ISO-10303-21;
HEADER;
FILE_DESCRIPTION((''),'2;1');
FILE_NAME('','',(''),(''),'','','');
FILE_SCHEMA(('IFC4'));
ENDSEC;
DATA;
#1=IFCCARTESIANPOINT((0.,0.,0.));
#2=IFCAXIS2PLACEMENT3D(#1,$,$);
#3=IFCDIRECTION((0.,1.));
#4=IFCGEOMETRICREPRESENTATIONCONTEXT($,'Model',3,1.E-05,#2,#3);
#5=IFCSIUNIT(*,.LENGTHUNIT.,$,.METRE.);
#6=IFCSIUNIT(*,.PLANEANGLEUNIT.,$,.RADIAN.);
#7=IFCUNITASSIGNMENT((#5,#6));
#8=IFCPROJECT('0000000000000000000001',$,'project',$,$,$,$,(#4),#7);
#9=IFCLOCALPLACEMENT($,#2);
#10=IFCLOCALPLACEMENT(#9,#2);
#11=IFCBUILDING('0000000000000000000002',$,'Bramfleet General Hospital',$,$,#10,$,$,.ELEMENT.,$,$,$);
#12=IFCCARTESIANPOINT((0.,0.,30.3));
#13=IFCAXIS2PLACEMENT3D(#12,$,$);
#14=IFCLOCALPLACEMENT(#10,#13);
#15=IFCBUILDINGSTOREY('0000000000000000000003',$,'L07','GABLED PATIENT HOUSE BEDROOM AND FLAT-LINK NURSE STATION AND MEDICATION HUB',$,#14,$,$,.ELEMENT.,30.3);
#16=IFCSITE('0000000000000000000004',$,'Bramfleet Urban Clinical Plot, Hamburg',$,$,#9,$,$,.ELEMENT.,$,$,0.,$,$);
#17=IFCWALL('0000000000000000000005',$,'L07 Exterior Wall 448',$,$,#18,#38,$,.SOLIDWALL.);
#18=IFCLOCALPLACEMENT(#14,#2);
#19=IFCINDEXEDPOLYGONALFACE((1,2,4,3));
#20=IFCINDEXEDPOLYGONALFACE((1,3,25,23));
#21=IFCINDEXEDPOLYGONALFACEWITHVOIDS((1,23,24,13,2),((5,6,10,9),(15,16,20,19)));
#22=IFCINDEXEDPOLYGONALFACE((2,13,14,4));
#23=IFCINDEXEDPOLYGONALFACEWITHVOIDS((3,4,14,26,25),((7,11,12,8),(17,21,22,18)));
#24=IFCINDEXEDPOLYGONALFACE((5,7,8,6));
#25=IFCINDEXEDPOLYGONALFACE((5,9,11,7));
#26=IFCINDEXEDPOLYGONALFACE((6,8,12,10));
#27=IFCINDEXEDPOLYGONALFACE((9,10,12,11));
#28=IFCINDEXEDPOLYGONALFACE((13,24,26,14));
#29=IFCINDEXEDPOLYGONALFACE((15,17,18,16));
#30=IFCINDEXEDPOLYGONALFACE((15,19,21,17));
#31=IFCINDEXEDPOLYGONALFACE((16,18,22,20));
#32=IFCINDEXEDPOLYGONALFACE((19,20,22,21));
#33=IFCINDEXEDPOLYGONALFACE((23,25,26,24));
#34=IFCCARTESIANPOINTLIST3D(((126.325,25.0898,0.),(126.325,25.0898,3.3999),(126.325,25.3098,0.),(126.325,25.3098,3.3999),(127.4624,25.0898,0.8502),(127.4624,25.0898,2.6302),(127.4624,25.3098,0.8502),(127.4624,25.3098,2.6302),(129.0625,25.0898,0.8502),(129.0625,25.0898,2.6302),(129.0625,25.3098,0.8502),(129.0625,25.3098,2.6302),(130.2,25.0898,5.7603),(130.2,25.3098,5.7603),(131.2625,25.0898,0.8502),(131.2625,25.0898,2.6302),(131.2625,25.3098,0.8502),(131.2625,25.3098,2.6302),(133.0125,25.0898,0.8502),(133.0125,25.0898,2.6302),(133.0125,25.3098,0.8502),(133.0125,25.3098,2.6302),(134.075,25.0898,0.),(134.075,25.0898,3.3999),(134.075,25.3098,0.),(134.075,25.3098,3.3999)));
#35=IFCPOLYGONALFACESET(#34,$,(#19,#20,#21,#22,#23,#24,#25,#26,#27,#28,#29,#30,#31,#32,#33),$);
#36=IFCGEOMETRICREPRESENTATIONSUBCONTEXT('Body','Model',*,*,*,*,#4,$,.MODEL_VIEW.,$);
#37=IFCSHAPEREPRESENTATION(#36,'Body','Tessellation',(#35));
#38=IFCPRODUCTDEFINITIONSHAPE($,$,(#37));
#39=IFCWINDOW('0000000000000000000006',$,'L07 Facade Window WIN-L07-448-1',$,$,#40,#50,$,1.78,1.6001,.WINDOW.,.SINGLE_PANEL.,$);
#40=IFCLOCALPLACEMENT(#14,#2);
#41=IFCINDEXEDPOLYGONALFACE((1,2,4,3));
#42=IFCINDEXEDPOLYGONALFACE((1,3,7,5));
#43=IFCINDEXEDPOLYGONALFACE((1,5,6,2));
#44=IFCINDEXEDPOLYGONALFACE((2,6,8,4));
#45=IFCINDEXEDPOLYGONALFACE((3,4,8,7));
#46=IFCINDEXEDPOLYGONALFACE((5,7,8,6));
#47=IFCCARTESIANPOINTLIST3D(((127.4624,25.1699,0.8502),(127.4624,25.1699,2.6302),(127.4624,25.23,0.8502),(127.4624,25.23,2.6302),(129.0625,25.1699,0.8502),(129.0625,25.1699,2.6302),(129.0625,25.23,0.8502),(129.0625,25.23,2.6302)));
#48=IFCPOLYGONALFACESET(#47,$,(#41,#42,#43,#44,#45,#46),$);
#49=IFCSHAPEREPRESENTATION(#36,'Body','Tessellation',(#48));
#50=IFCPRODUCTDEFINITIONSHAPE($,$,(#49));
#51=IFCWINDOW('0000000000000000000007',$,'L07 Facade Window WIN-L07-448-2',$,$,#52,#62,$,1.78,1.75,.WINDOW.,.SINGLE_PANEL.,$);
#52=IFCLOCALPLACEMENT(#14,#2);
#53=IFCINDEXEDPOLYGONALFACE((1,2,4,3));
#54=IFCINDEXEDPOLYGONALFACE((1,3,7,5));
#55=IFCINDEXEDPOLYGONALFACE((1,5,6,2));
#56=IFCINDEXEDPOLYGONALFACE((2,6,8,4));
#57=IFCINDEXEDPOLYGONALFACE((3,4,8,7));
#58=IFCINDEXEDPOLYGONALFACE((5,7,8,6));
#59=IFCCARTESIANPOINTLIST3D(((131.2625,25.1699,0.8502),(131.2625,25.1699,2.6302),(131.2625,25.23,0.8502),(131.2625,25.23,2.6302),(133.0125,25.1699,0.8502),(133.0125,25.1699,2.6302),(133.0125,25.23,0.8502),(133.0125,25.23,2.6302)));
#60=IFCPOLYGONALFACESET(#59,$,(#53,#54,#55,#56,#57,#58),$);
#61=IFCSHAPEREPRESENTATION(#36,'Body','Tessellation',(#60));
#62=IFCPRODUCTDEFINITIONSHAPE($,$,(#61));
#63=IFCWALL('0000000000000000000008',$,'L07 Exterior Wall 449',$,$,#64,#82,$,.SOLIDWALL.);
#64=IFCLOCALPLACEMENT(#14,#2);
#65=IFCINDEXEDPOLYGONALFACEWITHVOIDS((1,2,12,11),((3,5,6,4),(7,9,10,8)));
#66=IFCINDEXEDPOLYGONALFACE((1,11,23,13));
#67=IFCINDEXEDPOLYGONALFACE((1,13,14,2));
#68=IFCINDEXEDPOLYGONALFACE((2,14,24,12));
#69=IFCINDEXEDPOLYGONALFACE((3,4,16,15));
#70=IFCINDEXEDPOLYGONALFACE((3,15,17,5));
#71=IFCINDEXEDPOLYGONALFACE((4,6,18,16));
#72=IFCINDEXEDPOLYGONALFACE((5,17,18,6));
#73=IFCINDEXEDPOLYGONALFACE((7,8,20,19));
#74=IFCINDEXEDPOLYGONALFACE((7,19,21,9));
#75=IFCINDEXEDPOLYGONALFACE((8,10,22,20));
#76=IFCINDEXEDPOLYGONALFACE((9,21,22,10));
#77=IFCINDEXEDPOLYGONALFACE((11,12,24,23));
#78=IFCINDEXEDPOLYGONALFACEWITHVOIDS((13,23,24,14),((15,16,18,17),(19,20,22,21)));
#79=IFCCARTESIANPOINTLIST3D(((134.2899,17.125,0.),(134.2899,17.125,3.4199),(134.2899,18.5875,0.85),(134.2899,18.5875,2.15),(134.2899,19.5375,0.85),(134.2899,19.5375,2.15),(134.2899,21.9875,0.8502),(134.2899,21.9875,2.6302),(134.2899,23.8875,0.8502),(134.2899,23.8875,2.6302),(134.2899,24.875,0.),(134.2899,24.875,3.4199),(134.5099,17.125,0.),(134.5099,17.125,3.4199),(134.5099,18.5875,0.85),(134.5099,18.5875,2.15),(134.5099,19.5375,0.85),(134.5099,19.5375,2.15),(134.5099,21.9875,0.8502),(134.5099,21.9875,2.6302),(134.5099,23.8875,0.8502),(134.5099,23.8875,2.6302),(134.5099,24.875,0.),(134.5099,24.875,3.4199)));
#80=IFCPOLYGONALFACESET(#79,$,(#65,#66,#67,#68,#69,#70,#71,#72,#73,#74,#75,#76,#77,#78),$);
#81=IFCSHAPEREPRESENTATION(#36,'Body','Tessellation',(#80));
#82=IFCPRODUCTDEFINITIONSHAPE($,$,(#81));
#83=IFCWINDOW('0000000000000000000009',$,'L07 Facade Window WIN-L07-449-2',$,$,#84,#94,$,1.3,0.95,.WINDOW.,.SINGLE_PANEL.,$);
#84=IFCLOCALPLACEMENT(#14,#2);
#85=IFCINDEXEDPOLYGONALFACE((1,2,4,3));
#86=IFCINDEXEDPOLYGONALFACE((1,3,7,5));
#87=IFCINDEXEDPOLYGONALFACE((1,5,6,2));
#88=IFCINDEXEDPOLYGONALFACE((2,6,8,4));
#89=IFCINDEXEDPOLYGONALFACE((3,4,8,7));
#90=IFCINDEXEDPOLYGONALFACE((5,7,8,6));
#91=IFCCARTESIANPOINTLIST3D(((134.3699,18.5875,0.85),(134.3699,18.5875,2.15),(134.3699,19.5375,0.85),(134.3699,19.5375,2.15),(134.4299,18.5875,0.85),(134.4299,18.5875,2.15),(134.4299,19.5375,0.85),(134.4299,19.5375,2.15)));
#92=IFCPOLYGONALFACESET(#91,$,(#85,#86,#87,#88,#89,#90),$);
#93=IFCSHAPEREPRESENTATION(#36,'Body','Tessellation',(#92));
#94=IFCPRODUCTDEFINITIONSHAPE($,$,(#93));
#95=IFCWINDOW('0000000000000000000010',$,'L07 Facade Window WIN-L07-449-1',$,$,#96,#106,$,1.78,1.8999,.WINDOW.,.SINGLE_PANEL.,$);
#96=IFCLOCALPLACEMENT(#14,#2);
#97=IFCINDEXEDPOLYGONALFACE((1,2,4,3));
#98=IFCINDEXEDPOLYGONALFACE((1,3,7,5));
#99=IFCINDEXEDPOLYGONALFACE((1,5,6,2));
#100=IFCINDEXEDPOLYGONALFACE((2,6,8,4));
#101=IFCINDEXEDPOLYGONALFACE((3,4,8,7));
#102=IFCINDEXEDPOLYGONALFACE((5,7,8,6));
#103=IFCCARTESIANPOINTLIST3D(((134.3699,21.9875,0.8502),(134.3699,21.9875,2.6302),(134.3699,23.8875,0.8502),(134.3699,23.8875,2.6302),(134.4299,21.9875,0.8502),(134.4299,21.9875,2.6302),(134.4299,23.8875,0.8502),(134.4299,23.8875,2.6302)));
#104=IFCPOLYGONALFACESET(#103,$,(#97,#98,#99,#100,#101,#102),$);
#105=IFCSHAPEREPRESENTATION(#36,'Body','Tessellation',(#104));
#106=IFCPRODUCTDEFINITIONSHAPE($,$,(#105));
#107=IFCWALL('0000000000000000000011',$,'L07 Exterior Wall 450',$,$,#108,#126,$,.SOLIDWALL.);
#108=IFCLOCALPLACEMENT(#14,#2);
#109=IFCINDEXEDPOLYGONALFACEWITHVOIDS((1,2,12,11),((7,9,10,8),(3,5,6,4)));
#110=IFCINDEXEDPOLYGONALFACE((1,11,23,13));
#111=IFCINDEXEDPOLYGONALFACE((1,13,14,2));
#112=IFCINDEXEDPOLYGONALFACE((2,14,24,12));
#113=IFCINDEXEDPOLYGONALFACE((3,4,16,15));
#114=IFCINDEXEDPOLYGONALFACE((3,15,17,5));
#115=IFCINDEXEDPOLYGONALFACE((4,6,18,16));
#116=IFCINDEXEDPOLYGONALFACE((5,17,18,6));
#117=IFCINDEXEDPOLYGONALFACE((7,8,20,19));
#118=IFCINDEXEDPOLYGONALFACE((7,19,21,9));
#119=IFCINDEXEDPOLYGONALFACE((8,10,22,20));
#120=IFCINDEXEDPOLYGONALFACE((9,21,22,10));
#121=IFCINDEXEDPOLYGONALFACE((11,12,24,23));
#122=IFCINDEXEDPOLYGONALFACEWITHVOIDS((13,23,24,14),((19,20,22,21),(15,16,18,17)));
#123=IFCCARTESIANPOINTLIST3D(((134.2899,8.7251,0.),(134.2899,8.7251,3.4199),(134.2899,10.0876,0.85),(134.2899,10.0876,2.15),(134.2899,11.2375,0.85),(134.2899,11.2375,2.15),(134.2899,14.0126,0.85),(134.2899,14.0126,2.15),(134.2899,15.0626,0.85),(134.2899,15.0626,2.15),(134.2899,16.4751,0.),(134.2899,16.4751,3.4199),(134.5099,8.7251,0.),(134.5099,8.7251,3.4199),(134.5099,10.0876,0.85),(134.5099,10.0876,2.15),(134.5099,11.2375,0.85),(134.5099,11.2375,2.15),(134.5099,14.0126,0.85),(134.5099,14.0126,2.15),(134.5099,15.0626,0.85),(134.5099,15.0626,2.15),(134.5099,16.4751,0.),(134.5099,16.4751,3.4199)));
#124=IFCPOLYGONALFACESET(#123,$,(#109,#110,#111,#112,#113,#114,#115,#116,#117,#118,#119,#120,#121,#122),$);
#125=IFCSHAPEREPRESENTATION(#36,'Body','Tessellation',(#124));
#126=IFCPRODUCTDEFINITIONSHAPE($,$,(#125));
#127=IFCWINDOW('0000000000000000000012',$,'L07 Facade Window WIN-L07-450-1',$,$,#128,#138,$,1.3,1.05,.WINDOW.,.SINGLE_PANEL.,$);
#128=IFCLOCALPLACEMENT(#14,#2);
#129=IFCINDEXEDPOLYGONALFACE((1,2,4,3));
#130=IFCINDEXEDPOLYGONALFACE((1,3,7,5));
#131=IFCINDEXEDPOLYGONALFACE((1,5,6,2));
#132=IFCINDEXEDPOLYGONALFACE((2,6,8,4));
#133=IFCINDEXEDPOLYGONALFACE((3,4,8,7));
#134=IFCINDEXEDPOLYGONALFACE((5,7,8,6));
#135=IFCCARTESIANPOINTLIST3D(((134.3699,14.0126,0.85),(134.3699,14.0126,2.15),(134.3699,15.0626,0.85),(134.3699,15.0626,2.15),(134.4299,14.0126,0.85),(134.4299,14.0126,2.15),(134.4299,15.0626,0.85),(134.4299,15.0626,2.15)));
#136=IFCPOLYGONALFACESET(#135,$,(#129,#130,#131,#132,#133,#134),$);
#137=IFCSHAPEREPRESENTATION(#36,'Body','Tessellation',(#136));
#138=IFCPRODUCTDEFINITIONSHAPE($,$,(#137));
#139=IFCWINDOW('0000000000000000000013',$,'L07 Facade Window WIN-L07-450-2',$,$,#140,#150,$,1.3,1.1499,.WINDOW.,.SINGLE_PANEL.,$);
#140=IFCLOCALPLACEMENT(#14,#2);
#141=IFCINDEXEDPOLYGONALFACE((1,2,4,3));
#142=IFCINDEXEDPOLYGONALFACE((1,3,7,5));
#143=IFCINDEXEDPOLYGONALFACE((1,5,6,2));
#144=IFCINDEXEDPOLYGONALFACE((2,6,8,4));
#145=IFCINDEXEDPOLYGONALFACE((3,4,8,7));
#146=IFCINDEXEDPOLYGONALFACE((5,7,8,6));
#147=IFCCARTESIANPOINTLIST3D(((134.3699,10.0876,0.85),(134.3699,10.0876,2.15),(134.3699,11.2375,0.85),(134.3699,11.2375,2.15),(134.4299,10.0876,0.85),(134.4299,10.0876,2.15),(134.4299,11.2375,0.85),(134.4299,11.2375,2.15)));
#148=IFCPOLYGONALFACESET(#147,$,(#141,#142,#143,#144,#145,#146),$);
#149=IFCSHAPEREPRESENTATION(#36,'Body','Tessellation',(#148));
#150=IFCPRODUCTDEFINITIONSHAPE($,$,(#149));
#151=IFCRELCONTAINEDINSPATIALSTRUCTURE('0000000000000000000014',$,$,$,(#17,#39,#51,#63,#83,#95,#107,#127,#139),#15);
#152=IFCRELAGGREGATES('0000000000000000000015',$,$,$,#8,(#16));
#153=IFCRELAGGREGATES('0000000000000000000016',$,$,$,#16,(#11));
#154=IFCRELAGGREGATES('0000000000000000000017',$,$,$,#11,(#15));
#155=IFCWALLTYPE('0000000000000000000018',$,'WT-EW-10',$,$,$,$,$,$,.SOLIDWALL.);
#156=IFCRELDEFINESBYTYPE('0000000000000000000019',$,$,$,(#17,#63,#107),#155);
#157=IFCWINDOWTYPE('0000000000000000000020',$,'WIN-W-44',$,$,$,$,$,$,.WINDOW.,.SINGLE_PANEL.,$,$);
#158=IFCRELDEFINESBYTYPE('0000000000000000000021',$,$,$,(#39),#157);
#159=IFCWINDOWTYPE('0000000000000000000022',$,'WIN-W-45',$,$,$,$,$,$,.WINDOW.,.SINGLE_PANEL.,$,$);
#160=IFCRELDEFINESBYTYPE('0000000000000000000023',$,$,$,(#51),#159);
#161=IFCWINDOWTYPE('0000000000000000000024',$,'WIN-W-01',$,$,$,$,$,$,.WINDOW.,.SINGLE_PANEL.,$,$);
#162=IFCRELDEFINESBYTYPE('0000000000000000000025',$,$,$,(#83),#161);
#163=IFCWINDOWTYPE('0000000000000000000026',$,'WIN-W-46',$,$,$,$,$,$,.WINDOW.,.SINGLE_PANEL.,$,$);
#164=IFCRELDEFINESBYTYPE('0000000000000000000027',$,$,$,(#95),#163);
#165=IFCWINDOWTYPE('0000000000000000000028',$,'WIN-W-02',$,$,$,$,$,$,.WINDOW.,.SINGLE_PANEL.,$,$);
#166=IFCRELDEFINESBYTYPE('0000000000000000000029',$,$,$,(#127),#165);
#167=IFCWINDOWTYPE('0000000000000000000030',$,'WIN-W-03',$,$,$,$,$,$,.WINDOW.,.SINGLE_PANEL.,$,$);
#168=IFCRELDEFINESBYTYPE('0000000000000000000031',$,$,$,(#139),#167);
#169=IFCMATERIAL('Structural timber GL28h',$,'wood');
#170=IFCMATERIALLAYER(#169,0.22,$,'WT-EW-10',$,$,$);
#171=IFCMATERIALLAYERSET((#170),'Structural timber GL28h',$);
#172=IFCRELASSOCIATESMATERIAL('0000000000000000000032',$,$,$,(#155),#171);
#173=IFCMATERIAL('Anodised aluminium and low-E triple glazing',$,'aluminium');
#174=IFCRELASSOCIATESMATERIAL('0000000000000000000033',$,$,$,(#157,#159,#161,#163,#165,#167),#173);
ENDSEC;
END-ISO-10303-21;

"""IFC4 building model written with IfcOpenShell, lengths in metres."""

from ifc_helpers import new_model, si_unit, direction, frame, frame_2d, origin, place, context, subcontext, project, spatial, polyline, rectangle, outline, extrude, material, layer, layer_set, type_object, element, fill, save


model = new_model("IFC4")

# Units and contexts
model_context = context("Model", 3, precision=1e-05, world=origin(), true_north=direction((0.0, 1.0)))
body_context = subcontext(model_context, "Body", "Model", "MODEL_VIEW")
ifc_project = project(units=[si_unit("LENGTHUNIT", "METRE"), si_unit("PLANEANGLEUNIT", "RADIAN")], contexts=[model_context])

# Site, building, storey
site_placement = place(None, origin())
site = spatial("IfcSite", under=ifc_project, at=site_placement, Name="Bramfleet Urban Clinical Plot, Hamburg", CompositionType="ELEMENT", RefElevation=0.0)
building_placement = place(site_placement, origin())
building = spatial("IfcBuilding", under=site, at=building_placement, Name="Bramfleet General Hospital", CompositionType="ELEMENT")
storey_placement = place(building_placement, frame((0.0, 0.0, 30.3)))
storey = spatial("IfcBuildingStorey", under=building, at=storey_placement, Name="L07", Description="GABLED PATIENT HOUSE BEDROOM AND FLAT-LINK NURSE STATION AND MEDICATION HUB", CompositionType="ELEMENT", Elevation=30.3)

# Walls, openings, windows
ifc_material_1 = material(Name="Structural timber GL28h", Category="wood")
ifc_layer_1 = layer(ifc_material_1, 0.22, Name="WT-EW-10")
ifc_layer_set_1 = layer_set([ifc_layer_1], Name="Structural timber GL28h")
wall_type_1 = type_object("IfcWallType", Name="WT-EW-10", PredefinedType="SOLIDWALL", material=ifc_layer_set_1)
wall_1_placement = place(storey_placement, frame((126.325, 25.2, 0.0), z_axis=(0.0, 0.0, 1.0), x_axis=(1.0, 0.0, 0.0)))
wall_1 = element("IfcWall", 1, at=wall_1_placement, inside=storey, type_object=wall_type_1, Name="L07 Exterior Wall 448", PredefinedType="SOLIDWALL", context=body_context, shape_type="SweptSolid", body=[
    extrude(outline(polyline([(0.0, 0.0), (7.75, 0.0), (7.75, 3.3999), (3.875, 5.7603), (0.0, 3.3999), (0.0, 0.0)])), frame((0.0, 0.1099, 0.0), z_axis=(0.0, -1.0, 0.0), x_axis=(1.0, 0.0, 0.0)), (0.0, 0.0, 1.0), 0.22),
])
opening_1_placement = place(wall_1_placement, frame((1.1375, 0.0, 0.8501)))
opening_1 = element("IfcOpeningElement", 2, at=opening_1_placement, cuts=wall_1, PredefinedType="OPENING", context=body_context, shape_type="SweptSolid", body=[
    extrude(rectangle(XDim=1.6001, YDim=1.78, at=frame_2d((0.8, 0.8901))), frame((0.0, 0.1199, 0.0), z_axis=(0.0, -1.0, 0.0), x_axis=(1.0, 0.0, 0.0)), (0.0, 0.0, 1.0), 0.24),
])
opening_2_placement = place(wall_1_placement, frame((4.9375, 0.0, 0.8501)))
opening_2 = element("IfcOpeningElement", 3, at=opening_2_placement, cuts=wall_1, PredefinedType="OPENING", context=body_context, shape_type="SweptSolid", body=[
    extrude(rectangle(XDim=1.75, YDim=1.78, at=frame_2d((0.875, 0.8901))), frame((0.0, 0.1199, 0.0), z_axis=(0.0, -1.0, 0.0), x_axis=(1.0, 0.0, 0.0)), (0.0, 0.0, 1.0), 0.24),
])
ifc_material_2 = material(Name="Anodised aluminium and low-E triple glazing", Category="aluminium")
window_type_1 = type_object("IfcWindowType", Name="WIN-W-44", PartitioningType="SINGLE_PANEL", PredefinedType="WINDOW", material=ifc_material_2)
window_1_placement = place(opening_1_placement, origin())
window_1 = element("IfcWindow", 4, at=window_1_placement, inside=storey, type_object=window_type_1, Name="L07 Facade Window WIN-L07-448-1", OverallHeight=1.78, OverallWidth=1.6001, PartitioningType="SINGLE_PANEL", PredefinedType="WINDOW", context=body_context, shape_type="SweptSolid", body=[
    extrude(rectangle(XDim=1.6001, YDim=1.78, at=frame_2d((0.8, 0.8901))), frame((0.0, 0.03, 0.0), z_axis=(0.0, -1.0, 0.0), x_axis=(1.0, 0.0, 0.0)), (0.0, 0.0, 1.0), 0.0601),
])
fill(opening_1, window_1)
window_type_2 = type_object("IfcWindowType", Name="WIN-W-45", PartitioningType="SINGLE_PANEL", PredefinedType="WINDOW", material=ifc_material_2)
window_2_placement = place(opening_2_placement, origin())
window_2 = element("IfcWindow", 5, at=window_2_placement, inside=storey, type_object=window_type_2, Name="L07 Facade Window WIN-L07-448-2", OverallHeight=1.78, OverallWidth=1.75, PartitioningType="SINGLE_PANEL", PredefinedType="WINDOW", context=body_context, shape_type="SweptSolid", body=[
    extrude(rectangle(XDim=1.75, YDim=1.78, at=frame_2d((0.875, 0.8901))), frame((0.0, 0.03, 0.0), z_axis=(0.0, -1.0, 0.0), x_axis=(1.0, 0.0, 0.0)), (0.0, 0.0, 1.0), 0.0601),
])
fill(opening_2, window_2)
wall_2_placement = place(storey_placement, frame((134.3999, 24.875, 0.0), z_axis=(0.0, 0.0, 1.0), x_axis=(0.0, -1.0, 0.0)))
wall_2 = element("IfcWall", 6, at=wall_2_placement, inside=storey, type_object=wall_type_1, Name="L07 Exterior Wall 449", PredefinedType="SOLIDWALL", context=body_context, shape_type="SweptSolid", body=[
    extrude(rectangle(XDim=7.75, YDim=0.22, at=frame_2d((3.875, 0.0))), origin(), (0.0, 0.0, 1.0), 3.4199),
])
opening_3_placement = place(wall_2_placement, frame((0.9875, 0.0, 0.8501)))
opening_3 = element("IfcOpeningElement", 7, at=opening_3_placement, cuts=wall_2, PredefinedType="OPENING", context=body_context, shape_type="SweptSolid", body=[
    extrude(rectangle(XDim=1.8999, YDim=1.78, at=frame_2d((0.95, 0.8901))), frame((0.0, 0.1199, 0.0), z_axis=(0.0, -1.0, 0.0), x_axis=(1.0, 0.0, 0.0)), (0.0, 0.0, 1.0), 0.24),
])
opening_4_placement = place(wall_2_placement, frame((5.3374, 0.0, 0.8501)))
opening_4 = element("IfcOpeningElement", 8, at=opening_4_placement, cuts=wall_2, PredefinedType="OPENING", context=body_context, shape_type="SweptSolid", body=[
    extrude(rectangle(XDim=0.95, YDim=1.3, at=frame_2d((0.4751, 0.6499))), frame((0.0, 0.1199, 0.0), z_axis=(0.0, -1.0, 0.0), x_axis=(1.0, 0.0, 0.0)), (0.0, 0.0, 1.0), 0.24),
])
window_type_3 = type_object("IfcWindowType", Name="WIN-W-01", PartitioningType="SINGLE_PANEL", PredefinedType="WINDOW", material=ifc_material_2)
window_3_placement = place(opening_4_placement, origin())
window_3 = element("IfcWindow", 9, at=window_3_placement, inside=storey, type_object=window_type_3, Name="L07 Facade Window WIN-L07-449-2", OverallHeight=1.3, OverallWidth=0.95, PartitioningType="SINGLE_PANEL", PredefinedType="WINDOW", context=body_context, shape_type="SweptSolid", body=[
    extrude(rectangle(XDim=0.95, YDim=1.3, at=frame_2d((0.4751, 0.6499))), frame((0.0, 0.03, 0.0), z_axis=(0.0, -1.0, 0.0), x_axis=(1.0, 0.0, 0.0)), (0.0, 0.0, 1.0), 0.0601),
])
fill(opening_4, window_3)
window_type_4 = type_object("IfcWindowType", Name="WIN-W-46", PartitioningType="SINGLE_PANEL", PredefinedType="WINDOW", material=ifc_material_2)
window_4_placement = place(opening_3_placement, origin())
window_4 = element("IfcWindow", 10, at=window_4_placement, inside=storey, type_object=window_type_4, Name="L07 Facade Window WIN-L07-449-1", OverallHeight=1.78, OverallWidth=1.8999, PartitioningType="SINGLE_PANEL", PredefinedType="WINDOW", context=body_context, shape_type="SweptSolid", body=[
    extrude(rectangle(XDim=1.8999, YDim=1.78, at=frame_2d((0.95, 0.8901))), frame((0.0, 0.03, 0.0), z_axis=(0.0, -1.0, 0.0), x_axis=(1.0, 0.0, 0.0)), (0.0, 0.0, 1.0), 0.0601),
])
fill(opening_3, window_4)
wall_3_placement = place(storey_placement, frame((134.3999, 16.4751, 0.0), z_axis=(0.0, 0.0, 1.0), x_axis=(0.0, -1.0, 0.0)))
wall_3 = element("IfcWall", 11, at=wall_3_placement, inside=storey, type_object=wall_type_1, Name="L07 Exterior Wall 450", PredefinedType="SOLIDWALL", context=body_context, shape_type="SweptSolid", body=[
    extrude(rectangle(XDim=7.75, YDim=0.22, at=frame_2d((3.875, 0.0))), origin(), (0.0, 0.0, 1.0), 3.4199),
])
opening_5_placement = place(wall_3_placement, frame((1.4126, 0.0, 0.8501)))
opening_5 = element("IfcOpeningElement", 12, at=opening_5_placement, cuts=wall_3, PredefinedType="OPENING", context=body_context, shape_type="SweptSolid", body=[
    extrude(rectangle(XDim=1.05, YDim=1.3, at=frame_2d((0.5249, 0.6499))), frame((0.0, 0.1199, 0.0), z_axis=(0.0, -1.0, 0.0), x_axis=(1.0, 0.0, 0.0)), (0.0, 0.0, 1.0), 0.24),
])
opening_6_placement = place(wall_3_placement, frame((5.2375, 0.0, 0.8501)))
opening_6 = element("IfcOpeningElement", 13, at=opening_6_placement, cuts=wall_3, PredefinedType="OPENING", context=body_context, shape_type="SweptSolid", body=[
    extrude(rectangle(XDim=1.1499, YDim=1.3, at=frame_2d((0.575, 0.6499))), frame((0.0, 0.1199, 0.0), z_axis=(0.0, -1.0, 0.0), x_axis=(1.0, 0.0, 0.0)), (0.0, 0.0, 1.0), 0.24),
])
window_type_5 = type_object("IfcWindowType", Name="WIN-W-02", PartitioningType="SINGLE_PANEL", PredefinedType="WINDOW", material=ifc_material_2)
window_5_placement = place(opening_5_placement, origin())
window_5 = element("IfcWindow", 14, at=window_5_placement, inside=storey, type_object=window_type_5, Name="L07 Facade Window WIN-L07-450-1", OverallHeight=1.3, OverallWidth=1.05, PartitioningType="SINGLE_PANEL", PredefinedType="WINDOW", context=body_context, shape_type="SweptSolid", body=[
    extrude(rectangle(XDim=1.05, YDim=1.3, at=frame_2d((0.5249, 0.6499))), frame((0.0, 0.03, 0.0), z_axis=(0.0, -1.0, 0.0), x_axis=(1.0, 0.0, 0.0)), (0.0, 0.0, 1.0), 0.0601),
])
fill(opening_5, window_5)
window_type_6 = type_object("IfcWindowType", Name="WIN-W-03", PartitioningType="SINGLE_PANEL", PredefinedType="WINDOW", material=ifc_material_2)
window_6_placement = place(opening_6_placement, origin())
window_6 = element("IfcWindow", 15, at=window_6_placement, inside=storey, type_object=window_type_6, Name="L07 Facade Window WIN-L07-450-2", OverallHeight=1.3, OverallWidth=1.1499, PartitioningType="SINGLE_PANEL", PredefinedType="WINDOW", context=body_context, shape_type="SweptSolid", body=[
    extrude(rectangle(XDim=1.1499, YDim=1.3, at=frame_2d((0.575, 0.6499))), frame((0.0, 0.03, 0.0), z_axis=(0.0, -1.0, 0.0), x_axis=(1.0, 0.0, 0.0)), (0.0, 0.0, 1.0), 0.0601),
])
fill(opening_6, window_6)

save(model, "model.ifc")
